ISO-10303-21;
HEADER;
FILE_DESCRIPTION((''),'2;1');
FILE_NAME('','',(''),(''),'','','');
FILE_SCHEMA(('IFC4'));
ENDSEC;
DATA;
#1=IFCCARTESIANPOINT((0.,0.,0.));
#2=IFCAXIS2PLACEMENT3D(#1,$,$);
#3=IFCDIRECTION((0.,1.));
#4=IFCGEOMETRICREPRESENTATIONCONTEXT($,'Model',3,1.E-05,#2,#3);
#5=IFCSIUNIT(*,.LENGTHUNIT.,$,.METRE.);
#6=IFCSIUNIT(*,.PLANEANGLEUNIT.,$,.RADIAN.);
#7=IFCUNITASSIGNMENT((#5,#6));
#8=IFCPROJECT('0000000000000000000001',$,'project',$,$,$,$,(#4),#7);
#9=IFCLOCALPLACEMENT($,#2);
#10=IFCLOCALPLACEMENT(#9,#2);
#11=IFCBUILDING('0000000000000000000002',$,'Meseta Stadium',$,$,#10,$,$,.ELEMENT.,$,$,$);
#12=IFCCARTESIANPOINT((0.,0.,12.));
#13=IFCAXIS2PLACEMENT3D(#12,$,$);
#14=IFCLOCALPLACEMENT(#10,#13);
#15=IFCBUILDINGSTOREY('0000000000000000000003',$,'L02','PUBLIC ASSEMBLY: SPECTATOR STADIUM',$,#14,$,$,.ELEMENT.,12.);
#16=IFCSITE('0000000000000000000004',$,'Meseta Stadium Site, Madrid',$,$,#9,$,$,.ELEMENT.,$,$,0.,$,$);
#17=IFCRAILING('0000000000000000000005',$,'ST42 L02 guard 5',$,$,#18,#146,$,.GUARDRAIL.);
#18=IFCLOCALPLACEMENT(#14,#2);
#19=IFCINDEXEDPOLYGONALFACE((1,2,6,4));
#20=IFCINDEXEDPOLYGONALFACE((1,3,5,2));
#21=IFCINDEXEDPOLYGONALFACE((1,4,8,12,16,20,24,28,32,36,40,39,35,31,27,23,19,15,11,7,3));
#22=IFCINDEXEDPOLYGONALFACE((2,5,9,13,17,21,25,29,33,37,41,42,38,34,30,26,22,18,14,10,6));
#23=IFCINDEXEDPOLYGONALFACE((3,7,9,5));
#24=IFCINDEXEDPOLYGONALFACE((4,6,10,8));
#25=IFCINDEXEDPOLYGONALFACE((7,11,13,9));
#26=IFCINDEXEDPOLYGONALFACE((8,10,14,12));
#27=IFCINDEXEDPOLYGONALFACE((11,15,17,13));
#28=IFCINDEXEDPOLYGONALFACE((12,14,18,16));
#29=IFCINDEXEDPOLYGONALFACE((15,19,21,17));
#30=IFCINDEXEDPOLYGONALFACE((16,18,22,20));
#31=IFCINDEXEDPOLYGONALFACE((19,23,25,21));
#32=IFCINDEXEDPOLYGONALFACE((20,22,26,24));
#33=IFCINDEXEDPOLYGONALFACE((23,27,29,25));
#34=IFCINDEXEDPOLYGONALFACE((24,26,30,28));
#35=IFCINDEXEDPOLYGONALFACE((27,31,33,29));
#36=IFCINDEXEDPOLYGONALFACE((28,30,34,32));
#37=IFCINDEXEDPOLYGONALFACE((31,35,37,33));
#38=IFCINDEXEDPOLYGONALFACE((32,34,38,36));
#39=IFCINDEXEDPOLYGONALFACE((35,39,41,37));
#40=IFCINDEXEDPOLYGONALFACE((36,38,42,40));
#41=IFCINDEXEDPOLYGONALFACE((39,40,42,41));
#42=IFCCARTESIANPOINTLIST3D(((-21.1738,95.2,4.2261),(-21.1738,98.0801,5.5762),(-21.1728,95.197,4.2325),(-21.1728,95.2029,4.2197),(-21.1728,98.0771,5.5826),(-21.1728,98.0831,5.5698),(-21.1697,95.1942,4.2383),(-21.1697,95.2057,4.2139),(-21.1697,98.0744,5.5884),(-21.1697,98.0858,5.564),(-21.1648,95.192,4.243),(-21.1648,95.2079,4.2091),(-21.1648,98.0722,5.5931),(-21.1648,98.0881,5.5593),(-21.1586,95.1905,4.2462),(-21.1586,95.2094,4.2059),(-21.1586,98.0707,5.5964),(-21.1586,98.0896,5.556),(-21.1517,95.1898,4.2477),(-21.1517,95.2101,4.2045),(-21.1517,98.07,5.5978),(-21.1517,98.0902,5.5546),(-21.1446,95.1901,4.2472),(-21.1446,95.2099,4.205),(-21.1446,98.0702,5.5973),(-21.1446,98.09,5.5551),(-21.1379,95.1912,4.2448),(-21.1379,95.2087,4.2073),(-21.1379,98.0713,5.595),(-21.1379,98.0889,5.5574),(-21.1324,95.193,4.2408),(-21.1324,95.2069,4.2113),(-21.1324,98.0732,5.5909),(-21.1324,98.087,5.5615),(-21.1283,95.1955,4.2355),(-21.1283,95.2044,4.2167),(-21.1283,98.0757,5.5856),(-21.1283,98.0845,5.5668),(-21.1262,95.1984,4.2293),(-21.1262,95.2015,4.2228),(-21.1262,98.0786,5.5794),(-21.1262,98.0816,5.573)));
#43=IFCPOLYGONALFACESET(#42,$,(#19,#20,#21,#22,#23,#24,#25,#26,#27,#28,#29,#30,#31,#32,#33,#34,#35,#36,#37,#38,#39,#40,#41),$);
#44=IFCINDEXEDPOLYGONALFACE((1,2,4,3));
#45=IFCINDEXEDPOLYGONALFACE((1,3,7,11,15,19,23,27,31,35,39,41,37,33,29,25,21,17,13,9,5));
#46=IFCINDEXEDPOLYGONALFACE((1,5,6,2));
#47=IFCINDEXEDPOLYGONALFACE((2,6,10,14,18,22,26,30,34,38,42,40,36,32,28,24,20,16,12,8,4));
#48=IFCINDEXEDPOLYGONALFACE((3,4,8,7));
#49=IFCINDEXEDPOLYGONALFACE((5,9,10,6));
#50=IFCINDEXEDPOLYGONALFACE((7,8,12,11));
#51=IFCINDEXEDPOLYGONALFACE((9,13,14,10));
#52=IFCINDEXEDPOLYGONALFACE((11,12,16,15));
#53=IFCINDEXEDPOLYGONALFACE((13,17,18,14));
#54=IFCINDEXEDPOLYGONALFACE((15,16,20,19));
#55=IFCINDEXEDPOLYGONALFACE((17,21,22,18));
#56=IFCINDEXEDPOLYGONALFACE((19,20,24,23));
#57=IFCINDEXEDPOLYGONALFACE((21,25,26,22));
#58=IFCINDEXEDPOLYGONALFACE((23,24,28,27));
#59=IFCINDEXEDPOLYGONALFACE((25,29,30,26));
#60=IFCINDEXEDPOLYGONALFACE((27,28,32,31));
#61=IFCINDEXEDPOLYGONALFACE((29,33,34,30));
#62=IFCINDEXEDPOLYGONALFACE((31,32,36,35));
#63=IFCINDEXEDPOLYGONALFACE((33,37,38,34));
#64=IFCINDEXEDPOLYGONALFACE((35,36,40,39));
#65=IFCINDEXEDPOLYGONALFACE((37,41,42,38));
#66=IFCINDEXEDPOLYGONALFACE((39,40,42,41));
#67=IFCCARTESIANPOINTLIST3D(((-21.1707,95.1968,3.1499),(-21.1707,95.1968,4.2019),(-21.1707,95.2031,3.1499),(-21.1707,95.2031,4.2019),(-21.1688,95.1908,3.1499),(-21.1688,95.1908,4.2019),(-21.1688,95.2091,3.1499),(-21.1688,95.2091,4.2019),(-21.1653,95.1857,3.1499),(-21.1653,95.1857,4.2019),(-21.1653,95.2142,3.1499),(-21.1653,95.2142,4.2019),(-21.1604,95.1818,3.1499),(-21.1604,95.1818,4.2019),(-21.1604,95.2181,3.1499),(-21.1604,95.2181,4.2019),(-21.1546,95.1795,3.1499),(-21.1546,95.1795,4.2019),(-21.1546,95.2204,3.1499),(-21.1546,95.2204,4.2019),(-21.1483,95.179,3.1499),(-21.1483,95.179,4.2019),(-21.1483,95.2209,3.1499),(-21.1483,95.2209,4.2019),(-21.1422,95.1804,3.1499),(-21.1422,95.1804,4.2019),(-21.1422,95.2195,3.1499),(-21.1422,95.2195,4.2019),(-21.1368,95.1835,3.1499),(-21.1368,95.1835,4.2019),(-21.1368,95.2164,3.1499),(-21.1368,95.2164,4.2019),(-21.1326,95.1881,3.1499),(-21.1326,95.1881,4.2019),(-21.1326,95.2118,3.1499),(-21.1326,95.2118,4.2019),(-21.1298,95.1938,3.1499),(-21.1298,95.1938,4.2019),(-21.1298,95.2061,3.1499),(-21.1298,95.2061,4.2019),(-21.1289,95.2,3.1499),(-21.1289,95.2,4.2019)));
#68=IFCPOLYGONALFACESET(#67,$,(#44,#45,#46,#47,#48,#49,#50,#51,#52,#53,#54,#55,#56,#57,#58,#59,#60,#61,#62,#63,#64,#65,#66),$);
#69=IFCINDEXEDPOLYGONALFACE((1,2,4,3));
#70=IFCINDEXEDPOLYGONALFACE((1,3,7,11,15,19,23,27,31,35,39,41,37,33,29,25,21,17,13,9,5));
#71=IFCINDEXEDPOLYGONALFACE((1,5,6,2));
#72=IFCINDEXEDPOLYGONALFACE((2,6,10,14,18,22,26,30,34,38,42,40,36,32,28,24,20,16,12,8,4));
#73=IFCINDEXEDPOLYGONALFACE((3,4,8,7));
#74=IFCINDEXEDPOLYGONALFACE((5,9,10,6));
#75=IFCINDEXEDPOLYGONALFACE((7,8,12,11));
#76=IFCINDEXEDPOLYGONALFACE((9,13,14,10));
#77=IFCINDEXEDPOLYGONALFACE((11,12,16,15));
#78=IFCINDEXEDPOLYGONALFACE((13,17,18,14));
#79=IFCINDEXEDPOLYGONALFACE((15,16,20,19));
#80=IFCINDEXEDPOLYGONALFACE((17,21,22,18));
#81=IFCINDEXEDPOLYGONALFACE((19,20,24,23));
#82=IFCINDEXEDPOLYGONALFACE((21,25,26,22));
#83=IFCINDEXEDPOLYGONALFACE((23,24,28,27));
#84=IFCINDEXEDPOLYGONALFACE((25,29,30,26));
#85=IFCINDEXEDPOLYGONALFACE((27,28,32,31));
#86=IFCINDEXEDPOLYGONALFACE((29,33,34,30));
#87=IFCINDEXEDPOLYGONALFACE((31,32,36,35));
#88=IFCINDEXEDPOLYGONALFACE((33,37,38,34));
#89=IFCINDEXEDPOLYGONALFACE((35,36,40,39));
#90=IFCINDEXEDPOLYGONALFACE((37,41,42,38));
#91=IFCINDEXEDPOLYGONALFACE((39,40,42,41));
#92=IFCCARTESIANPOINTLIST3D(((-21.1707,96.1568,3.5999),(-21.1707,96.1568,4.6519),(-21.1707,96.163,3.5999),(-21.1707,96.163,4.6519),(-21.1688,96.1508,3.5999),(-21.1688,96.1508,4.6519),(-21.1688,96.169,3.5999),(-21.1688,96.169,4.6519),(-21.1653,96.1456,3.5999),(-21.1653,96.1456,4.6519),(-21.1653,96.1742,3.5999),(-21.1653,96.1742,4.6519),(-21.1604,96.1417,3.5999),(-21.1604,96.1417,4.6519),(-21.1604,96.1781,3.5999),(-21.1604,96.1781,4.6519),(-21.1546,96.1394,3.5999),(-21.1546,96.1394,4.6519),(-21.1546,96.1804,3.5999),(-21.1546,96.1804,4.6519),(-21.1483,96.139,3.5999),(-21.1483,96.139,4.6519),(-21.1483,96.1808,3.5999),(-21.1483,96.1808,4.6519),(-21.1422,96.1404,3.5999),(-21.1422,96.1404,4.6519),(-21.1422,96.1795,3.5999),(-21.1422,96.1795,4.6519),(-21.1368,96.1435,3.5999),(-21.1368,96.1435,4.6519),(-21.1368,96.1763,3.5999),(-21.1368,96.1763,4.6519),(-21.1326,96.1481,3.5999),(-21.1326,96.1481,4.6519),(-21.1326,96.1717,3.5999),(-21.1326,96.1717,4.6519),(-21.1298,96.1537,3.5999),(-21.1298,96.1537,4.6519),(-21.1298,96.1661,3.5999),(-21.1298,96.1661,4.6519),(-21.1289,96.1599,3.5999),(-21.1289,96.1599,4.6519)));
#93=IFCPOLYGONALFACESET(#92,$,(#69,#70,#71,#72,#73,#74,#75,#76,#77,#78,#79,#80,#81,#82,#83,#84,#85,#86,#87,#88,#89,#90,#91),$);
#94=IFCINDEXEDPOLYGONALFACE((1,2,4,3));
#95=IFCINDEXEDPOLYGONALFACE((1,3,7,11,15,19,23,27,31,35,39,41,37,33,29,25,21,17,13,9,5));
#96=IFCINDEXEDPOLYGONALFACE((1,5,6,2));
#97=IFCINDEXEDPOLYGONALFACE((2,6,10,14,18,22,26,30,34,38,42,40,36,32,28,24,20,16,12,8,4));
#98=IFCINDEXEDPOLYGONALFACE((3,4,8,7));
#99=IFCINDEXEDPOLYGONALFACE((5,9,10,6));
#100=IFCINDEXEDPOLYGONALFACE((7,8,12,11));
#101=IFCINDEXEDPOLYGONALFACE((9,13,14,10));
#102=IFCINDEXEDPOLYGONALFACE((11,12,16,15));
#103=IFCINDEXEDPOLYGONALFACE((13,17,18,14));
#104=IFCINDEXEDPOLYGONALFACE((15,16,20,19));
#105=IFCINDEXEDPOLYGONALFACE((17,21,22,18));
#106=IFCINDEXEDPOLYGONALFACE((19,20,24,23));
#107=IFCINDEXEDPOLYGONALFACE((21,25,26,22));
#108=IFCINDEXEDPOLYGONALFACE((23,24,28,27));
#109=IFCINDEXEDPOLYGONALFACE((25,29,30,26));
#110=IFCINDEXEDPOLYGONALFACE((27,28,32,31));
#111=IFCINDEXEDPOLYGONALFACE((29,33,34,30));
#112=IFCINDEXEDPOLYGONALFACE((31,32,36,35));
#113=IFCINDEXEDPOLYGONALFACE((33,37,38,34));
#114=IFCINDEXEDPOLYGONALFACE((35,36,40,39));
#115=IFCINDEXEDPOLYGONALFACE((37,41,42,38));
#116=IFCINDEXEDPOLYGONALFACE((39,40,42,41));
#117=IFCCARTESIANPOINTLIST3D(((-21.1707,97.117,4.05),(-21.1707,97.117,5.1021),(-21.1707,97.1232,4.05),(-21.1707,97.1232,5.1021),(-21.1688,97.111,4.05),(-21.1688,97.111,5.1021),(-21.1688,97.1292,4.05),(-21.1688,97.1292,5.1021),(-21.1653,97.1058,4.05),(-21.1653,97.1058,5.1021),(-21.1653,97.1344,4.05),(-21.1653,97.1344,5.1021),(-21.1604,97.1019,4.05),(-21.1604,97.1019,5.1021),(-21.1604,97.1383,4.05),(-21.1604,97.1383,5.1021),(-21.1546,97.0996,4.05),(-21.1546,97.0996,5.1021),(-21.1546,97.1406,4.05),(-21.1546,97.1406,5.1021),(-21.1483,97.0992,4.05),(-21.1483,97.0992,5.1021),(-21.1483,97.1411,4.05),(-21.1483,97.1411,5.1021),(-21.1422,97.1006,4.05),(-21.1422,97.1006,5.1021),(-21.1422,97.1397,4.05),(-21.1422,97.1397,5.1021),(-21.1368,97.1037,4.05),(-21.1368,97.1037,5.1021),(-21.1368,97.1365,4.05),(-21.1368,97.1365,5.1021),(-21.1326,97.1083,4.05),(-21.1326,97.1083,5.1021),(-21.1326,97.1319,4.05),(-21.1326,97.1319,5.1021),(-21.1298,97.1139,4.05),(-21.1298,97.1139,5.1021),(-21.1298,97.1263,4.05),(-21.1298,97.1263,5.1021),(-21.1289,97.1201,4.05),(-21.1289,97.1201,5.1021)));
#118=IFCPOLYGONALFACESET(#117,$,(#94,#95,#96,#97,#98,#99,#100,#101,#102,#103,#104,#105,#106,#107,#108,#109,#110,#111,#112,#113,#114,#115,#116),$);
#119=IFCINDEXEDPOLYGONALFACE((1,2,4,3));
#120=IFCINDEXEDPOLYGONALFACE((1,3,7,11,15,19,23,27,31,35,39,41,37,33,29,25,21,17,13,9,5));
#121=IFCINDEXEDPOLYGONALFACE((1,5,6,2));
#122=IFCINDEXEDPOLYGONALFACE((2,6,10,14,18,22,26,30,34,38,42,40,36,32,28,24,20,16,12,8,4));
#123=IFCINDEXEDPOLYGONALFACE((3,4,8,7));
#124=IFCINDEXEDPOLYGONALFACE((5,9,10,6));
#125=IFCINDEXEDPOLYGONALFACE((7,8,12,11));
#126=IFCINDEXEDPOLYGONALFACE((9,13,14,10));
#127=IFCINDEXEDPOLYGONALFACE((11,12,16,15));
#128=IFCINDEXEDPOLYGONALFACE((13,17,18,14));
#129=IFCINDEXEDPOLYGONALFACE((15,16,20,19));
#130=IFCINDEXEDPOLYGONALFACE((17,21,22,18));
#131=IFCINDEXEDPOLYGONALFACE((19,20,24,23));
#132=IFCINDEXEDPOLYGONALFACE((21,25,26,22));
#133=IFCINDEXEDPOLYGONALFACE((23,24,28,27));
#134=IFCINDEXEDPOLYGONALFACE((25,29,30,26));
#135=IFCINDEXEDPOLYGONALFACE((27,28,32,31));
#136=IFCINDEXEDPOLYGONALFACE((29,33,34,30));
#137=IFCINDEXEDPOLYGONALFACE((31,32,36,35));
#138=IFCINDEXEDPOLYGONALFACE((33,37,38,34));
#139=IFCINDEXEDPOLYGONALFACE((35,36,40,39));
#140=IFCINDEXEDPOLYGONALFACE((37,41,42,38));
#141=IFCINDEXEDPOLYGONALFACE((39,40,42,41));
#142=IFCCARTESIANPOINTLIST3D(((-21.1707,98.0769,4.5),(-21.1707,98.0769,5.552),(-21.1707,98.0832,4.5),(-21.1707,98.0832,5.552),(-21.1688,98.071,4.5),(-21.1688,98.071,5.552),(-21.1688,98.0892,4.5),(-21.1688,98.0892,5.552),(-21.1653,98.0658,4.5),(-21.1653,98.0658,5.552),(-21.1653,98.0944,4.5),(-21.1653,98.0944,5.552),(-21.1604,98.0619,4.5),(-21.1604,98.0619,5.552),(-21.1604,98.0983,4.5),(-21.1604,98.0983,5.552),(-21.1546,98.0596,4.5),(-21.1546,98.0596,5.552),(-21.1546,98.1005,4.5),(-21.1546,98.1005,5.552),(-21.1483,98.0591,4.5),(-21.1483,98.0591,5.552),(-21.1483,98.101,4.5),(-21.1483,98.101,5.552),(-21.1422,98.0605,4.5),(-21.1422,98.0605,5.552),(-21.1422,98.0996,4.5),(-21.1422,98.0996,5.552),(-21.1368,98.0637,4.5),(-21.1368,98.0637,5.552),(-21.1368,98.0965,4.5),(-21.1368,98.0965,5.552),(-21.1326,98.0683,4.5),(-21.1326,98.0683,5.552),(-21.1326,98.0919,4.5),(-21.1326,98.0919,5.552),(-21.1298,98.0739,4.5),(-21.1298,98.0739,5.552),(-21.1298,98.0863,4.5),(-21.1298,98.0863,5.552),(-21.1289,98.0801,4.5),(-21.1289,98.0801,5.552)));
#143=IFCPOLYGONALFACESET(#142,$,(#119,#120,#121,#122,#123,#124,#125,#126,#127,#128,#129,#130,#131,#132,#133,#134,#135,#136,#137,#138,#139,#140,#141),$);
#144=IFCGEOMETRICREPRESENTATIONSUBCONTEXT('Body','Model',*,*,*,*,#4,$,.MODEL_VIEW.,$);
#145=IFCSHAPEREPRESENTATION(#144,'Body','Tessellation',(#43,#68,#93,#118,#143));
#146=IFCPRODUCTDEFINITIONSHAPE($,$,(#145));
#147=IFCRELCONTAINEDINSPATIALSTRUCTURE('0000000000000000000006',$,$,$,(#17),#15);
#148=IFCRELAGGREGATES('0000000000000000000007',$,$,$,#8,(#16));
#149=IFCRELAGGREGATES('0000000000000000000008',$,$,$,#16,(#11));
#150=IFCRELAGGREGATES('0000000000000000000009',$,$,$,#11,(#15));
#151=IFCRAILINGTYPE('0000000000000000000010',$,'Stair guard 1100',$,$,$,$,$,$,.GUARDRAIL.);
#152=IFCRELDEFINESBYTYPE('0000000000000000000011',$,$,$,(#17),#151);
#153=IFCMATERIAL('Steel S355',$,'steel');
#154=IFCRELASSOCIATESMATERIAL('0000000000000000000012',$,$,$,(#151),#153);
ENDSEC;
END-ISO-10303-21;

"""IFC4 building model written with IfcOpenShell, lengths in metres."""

from ifc_helpers import new_model, si_unit, direction, frame, origin, origin_2d, place, context, subcontext, project, spatial, circle, extrude, material, type_object, element, save


model = new_model("IFC4")

# Units and contexts
model_context = context("Model", 3, precision=1e-05, world=origin(), true_north=direction((0.0, 1.0)))
body_context = subcontext(model_context, "Body", "Model", "MODEL_VIEW")
ifc_project = project(units=[si_unit("LENGTHUNIT", "METRE"), si_unit("PLANEANGLEUNIT", "RADIAN")], contexts=[model_context])

# Site, building, storey
site_placement = place(None, origin())
site = spatial("IfcSite", under=ifc_project, at=site_placement, Name="Meseta Stadium Site, Madrid", CompositionType="ELEMENT", RefElevation=0.0)
building_placement = place(site_placement, origin())
building = spatial("IfcBuilding", under=site, at=building_placement, Name="Meseta Stadium", CompositionType="ELEMENT")
storey_placement = place(building_placement, frame((0.0, 0.0, 12.0)))
storey = spatial("IfcBuildingStorey", under=building, at=storey_placement, Name="L02", Description="PUBLIC ASSEMBLY: SPECTATOR STADIUM", CompositionType="ELEMENT", Elevation=12.0)

# Railing
ifc_material_1 = material(Name="Steel S355", Category="steel")
railing_type_1 = type_object("IfcRailingType", Name="Stair guard 1100", PredefinedType="GUARDRAIL", material=ifc_material_1)
railing_1_placement = place(storey_placement, frame((-21.1499, 95.2, 3.1499)))
element("IfcRailing", 1, at=railing_1_placement, inside=storey, type_object=railing_type_1, Name="ST42 L02 guard 5", PredefinedType="GUARDRAIL", context=body_context, shape_type="SweptSolid", body=[
    extrude(circle(Radius=0.0239, at=origin_2d()), frame((0.0, 0.0, 1.0762), z_axis=(0.0, 0.905454, 0.424444), x_axis=(-1.0, 0.0, 0.0)), (0.0, 0.0, 1.0), 3.1809),
    extrude(circle(Radius=0.021, at=origin_2d()), origin(), (0.0, 0.0, 1.0), 1.052),
    extrude(circle(Radius=0.021, at=origin_2d()), frame((0.0, 0.96, 0.45)), (0.0, 0.0, 1.0), 1.052),
    extrude(circle(Radius=0.021, at=origin_2d()), frame((0.0, 1.9202, 0.9001)), (0.0, 0.0, 1.0), 1.052),
    extrude(circle(Radius=0.021, at=origin_2d()), frame((0.0, 2.8801, 1.3501)), (0.0, 0.0, 1.0), 1.052),
])

save(model, "model.ifc")
